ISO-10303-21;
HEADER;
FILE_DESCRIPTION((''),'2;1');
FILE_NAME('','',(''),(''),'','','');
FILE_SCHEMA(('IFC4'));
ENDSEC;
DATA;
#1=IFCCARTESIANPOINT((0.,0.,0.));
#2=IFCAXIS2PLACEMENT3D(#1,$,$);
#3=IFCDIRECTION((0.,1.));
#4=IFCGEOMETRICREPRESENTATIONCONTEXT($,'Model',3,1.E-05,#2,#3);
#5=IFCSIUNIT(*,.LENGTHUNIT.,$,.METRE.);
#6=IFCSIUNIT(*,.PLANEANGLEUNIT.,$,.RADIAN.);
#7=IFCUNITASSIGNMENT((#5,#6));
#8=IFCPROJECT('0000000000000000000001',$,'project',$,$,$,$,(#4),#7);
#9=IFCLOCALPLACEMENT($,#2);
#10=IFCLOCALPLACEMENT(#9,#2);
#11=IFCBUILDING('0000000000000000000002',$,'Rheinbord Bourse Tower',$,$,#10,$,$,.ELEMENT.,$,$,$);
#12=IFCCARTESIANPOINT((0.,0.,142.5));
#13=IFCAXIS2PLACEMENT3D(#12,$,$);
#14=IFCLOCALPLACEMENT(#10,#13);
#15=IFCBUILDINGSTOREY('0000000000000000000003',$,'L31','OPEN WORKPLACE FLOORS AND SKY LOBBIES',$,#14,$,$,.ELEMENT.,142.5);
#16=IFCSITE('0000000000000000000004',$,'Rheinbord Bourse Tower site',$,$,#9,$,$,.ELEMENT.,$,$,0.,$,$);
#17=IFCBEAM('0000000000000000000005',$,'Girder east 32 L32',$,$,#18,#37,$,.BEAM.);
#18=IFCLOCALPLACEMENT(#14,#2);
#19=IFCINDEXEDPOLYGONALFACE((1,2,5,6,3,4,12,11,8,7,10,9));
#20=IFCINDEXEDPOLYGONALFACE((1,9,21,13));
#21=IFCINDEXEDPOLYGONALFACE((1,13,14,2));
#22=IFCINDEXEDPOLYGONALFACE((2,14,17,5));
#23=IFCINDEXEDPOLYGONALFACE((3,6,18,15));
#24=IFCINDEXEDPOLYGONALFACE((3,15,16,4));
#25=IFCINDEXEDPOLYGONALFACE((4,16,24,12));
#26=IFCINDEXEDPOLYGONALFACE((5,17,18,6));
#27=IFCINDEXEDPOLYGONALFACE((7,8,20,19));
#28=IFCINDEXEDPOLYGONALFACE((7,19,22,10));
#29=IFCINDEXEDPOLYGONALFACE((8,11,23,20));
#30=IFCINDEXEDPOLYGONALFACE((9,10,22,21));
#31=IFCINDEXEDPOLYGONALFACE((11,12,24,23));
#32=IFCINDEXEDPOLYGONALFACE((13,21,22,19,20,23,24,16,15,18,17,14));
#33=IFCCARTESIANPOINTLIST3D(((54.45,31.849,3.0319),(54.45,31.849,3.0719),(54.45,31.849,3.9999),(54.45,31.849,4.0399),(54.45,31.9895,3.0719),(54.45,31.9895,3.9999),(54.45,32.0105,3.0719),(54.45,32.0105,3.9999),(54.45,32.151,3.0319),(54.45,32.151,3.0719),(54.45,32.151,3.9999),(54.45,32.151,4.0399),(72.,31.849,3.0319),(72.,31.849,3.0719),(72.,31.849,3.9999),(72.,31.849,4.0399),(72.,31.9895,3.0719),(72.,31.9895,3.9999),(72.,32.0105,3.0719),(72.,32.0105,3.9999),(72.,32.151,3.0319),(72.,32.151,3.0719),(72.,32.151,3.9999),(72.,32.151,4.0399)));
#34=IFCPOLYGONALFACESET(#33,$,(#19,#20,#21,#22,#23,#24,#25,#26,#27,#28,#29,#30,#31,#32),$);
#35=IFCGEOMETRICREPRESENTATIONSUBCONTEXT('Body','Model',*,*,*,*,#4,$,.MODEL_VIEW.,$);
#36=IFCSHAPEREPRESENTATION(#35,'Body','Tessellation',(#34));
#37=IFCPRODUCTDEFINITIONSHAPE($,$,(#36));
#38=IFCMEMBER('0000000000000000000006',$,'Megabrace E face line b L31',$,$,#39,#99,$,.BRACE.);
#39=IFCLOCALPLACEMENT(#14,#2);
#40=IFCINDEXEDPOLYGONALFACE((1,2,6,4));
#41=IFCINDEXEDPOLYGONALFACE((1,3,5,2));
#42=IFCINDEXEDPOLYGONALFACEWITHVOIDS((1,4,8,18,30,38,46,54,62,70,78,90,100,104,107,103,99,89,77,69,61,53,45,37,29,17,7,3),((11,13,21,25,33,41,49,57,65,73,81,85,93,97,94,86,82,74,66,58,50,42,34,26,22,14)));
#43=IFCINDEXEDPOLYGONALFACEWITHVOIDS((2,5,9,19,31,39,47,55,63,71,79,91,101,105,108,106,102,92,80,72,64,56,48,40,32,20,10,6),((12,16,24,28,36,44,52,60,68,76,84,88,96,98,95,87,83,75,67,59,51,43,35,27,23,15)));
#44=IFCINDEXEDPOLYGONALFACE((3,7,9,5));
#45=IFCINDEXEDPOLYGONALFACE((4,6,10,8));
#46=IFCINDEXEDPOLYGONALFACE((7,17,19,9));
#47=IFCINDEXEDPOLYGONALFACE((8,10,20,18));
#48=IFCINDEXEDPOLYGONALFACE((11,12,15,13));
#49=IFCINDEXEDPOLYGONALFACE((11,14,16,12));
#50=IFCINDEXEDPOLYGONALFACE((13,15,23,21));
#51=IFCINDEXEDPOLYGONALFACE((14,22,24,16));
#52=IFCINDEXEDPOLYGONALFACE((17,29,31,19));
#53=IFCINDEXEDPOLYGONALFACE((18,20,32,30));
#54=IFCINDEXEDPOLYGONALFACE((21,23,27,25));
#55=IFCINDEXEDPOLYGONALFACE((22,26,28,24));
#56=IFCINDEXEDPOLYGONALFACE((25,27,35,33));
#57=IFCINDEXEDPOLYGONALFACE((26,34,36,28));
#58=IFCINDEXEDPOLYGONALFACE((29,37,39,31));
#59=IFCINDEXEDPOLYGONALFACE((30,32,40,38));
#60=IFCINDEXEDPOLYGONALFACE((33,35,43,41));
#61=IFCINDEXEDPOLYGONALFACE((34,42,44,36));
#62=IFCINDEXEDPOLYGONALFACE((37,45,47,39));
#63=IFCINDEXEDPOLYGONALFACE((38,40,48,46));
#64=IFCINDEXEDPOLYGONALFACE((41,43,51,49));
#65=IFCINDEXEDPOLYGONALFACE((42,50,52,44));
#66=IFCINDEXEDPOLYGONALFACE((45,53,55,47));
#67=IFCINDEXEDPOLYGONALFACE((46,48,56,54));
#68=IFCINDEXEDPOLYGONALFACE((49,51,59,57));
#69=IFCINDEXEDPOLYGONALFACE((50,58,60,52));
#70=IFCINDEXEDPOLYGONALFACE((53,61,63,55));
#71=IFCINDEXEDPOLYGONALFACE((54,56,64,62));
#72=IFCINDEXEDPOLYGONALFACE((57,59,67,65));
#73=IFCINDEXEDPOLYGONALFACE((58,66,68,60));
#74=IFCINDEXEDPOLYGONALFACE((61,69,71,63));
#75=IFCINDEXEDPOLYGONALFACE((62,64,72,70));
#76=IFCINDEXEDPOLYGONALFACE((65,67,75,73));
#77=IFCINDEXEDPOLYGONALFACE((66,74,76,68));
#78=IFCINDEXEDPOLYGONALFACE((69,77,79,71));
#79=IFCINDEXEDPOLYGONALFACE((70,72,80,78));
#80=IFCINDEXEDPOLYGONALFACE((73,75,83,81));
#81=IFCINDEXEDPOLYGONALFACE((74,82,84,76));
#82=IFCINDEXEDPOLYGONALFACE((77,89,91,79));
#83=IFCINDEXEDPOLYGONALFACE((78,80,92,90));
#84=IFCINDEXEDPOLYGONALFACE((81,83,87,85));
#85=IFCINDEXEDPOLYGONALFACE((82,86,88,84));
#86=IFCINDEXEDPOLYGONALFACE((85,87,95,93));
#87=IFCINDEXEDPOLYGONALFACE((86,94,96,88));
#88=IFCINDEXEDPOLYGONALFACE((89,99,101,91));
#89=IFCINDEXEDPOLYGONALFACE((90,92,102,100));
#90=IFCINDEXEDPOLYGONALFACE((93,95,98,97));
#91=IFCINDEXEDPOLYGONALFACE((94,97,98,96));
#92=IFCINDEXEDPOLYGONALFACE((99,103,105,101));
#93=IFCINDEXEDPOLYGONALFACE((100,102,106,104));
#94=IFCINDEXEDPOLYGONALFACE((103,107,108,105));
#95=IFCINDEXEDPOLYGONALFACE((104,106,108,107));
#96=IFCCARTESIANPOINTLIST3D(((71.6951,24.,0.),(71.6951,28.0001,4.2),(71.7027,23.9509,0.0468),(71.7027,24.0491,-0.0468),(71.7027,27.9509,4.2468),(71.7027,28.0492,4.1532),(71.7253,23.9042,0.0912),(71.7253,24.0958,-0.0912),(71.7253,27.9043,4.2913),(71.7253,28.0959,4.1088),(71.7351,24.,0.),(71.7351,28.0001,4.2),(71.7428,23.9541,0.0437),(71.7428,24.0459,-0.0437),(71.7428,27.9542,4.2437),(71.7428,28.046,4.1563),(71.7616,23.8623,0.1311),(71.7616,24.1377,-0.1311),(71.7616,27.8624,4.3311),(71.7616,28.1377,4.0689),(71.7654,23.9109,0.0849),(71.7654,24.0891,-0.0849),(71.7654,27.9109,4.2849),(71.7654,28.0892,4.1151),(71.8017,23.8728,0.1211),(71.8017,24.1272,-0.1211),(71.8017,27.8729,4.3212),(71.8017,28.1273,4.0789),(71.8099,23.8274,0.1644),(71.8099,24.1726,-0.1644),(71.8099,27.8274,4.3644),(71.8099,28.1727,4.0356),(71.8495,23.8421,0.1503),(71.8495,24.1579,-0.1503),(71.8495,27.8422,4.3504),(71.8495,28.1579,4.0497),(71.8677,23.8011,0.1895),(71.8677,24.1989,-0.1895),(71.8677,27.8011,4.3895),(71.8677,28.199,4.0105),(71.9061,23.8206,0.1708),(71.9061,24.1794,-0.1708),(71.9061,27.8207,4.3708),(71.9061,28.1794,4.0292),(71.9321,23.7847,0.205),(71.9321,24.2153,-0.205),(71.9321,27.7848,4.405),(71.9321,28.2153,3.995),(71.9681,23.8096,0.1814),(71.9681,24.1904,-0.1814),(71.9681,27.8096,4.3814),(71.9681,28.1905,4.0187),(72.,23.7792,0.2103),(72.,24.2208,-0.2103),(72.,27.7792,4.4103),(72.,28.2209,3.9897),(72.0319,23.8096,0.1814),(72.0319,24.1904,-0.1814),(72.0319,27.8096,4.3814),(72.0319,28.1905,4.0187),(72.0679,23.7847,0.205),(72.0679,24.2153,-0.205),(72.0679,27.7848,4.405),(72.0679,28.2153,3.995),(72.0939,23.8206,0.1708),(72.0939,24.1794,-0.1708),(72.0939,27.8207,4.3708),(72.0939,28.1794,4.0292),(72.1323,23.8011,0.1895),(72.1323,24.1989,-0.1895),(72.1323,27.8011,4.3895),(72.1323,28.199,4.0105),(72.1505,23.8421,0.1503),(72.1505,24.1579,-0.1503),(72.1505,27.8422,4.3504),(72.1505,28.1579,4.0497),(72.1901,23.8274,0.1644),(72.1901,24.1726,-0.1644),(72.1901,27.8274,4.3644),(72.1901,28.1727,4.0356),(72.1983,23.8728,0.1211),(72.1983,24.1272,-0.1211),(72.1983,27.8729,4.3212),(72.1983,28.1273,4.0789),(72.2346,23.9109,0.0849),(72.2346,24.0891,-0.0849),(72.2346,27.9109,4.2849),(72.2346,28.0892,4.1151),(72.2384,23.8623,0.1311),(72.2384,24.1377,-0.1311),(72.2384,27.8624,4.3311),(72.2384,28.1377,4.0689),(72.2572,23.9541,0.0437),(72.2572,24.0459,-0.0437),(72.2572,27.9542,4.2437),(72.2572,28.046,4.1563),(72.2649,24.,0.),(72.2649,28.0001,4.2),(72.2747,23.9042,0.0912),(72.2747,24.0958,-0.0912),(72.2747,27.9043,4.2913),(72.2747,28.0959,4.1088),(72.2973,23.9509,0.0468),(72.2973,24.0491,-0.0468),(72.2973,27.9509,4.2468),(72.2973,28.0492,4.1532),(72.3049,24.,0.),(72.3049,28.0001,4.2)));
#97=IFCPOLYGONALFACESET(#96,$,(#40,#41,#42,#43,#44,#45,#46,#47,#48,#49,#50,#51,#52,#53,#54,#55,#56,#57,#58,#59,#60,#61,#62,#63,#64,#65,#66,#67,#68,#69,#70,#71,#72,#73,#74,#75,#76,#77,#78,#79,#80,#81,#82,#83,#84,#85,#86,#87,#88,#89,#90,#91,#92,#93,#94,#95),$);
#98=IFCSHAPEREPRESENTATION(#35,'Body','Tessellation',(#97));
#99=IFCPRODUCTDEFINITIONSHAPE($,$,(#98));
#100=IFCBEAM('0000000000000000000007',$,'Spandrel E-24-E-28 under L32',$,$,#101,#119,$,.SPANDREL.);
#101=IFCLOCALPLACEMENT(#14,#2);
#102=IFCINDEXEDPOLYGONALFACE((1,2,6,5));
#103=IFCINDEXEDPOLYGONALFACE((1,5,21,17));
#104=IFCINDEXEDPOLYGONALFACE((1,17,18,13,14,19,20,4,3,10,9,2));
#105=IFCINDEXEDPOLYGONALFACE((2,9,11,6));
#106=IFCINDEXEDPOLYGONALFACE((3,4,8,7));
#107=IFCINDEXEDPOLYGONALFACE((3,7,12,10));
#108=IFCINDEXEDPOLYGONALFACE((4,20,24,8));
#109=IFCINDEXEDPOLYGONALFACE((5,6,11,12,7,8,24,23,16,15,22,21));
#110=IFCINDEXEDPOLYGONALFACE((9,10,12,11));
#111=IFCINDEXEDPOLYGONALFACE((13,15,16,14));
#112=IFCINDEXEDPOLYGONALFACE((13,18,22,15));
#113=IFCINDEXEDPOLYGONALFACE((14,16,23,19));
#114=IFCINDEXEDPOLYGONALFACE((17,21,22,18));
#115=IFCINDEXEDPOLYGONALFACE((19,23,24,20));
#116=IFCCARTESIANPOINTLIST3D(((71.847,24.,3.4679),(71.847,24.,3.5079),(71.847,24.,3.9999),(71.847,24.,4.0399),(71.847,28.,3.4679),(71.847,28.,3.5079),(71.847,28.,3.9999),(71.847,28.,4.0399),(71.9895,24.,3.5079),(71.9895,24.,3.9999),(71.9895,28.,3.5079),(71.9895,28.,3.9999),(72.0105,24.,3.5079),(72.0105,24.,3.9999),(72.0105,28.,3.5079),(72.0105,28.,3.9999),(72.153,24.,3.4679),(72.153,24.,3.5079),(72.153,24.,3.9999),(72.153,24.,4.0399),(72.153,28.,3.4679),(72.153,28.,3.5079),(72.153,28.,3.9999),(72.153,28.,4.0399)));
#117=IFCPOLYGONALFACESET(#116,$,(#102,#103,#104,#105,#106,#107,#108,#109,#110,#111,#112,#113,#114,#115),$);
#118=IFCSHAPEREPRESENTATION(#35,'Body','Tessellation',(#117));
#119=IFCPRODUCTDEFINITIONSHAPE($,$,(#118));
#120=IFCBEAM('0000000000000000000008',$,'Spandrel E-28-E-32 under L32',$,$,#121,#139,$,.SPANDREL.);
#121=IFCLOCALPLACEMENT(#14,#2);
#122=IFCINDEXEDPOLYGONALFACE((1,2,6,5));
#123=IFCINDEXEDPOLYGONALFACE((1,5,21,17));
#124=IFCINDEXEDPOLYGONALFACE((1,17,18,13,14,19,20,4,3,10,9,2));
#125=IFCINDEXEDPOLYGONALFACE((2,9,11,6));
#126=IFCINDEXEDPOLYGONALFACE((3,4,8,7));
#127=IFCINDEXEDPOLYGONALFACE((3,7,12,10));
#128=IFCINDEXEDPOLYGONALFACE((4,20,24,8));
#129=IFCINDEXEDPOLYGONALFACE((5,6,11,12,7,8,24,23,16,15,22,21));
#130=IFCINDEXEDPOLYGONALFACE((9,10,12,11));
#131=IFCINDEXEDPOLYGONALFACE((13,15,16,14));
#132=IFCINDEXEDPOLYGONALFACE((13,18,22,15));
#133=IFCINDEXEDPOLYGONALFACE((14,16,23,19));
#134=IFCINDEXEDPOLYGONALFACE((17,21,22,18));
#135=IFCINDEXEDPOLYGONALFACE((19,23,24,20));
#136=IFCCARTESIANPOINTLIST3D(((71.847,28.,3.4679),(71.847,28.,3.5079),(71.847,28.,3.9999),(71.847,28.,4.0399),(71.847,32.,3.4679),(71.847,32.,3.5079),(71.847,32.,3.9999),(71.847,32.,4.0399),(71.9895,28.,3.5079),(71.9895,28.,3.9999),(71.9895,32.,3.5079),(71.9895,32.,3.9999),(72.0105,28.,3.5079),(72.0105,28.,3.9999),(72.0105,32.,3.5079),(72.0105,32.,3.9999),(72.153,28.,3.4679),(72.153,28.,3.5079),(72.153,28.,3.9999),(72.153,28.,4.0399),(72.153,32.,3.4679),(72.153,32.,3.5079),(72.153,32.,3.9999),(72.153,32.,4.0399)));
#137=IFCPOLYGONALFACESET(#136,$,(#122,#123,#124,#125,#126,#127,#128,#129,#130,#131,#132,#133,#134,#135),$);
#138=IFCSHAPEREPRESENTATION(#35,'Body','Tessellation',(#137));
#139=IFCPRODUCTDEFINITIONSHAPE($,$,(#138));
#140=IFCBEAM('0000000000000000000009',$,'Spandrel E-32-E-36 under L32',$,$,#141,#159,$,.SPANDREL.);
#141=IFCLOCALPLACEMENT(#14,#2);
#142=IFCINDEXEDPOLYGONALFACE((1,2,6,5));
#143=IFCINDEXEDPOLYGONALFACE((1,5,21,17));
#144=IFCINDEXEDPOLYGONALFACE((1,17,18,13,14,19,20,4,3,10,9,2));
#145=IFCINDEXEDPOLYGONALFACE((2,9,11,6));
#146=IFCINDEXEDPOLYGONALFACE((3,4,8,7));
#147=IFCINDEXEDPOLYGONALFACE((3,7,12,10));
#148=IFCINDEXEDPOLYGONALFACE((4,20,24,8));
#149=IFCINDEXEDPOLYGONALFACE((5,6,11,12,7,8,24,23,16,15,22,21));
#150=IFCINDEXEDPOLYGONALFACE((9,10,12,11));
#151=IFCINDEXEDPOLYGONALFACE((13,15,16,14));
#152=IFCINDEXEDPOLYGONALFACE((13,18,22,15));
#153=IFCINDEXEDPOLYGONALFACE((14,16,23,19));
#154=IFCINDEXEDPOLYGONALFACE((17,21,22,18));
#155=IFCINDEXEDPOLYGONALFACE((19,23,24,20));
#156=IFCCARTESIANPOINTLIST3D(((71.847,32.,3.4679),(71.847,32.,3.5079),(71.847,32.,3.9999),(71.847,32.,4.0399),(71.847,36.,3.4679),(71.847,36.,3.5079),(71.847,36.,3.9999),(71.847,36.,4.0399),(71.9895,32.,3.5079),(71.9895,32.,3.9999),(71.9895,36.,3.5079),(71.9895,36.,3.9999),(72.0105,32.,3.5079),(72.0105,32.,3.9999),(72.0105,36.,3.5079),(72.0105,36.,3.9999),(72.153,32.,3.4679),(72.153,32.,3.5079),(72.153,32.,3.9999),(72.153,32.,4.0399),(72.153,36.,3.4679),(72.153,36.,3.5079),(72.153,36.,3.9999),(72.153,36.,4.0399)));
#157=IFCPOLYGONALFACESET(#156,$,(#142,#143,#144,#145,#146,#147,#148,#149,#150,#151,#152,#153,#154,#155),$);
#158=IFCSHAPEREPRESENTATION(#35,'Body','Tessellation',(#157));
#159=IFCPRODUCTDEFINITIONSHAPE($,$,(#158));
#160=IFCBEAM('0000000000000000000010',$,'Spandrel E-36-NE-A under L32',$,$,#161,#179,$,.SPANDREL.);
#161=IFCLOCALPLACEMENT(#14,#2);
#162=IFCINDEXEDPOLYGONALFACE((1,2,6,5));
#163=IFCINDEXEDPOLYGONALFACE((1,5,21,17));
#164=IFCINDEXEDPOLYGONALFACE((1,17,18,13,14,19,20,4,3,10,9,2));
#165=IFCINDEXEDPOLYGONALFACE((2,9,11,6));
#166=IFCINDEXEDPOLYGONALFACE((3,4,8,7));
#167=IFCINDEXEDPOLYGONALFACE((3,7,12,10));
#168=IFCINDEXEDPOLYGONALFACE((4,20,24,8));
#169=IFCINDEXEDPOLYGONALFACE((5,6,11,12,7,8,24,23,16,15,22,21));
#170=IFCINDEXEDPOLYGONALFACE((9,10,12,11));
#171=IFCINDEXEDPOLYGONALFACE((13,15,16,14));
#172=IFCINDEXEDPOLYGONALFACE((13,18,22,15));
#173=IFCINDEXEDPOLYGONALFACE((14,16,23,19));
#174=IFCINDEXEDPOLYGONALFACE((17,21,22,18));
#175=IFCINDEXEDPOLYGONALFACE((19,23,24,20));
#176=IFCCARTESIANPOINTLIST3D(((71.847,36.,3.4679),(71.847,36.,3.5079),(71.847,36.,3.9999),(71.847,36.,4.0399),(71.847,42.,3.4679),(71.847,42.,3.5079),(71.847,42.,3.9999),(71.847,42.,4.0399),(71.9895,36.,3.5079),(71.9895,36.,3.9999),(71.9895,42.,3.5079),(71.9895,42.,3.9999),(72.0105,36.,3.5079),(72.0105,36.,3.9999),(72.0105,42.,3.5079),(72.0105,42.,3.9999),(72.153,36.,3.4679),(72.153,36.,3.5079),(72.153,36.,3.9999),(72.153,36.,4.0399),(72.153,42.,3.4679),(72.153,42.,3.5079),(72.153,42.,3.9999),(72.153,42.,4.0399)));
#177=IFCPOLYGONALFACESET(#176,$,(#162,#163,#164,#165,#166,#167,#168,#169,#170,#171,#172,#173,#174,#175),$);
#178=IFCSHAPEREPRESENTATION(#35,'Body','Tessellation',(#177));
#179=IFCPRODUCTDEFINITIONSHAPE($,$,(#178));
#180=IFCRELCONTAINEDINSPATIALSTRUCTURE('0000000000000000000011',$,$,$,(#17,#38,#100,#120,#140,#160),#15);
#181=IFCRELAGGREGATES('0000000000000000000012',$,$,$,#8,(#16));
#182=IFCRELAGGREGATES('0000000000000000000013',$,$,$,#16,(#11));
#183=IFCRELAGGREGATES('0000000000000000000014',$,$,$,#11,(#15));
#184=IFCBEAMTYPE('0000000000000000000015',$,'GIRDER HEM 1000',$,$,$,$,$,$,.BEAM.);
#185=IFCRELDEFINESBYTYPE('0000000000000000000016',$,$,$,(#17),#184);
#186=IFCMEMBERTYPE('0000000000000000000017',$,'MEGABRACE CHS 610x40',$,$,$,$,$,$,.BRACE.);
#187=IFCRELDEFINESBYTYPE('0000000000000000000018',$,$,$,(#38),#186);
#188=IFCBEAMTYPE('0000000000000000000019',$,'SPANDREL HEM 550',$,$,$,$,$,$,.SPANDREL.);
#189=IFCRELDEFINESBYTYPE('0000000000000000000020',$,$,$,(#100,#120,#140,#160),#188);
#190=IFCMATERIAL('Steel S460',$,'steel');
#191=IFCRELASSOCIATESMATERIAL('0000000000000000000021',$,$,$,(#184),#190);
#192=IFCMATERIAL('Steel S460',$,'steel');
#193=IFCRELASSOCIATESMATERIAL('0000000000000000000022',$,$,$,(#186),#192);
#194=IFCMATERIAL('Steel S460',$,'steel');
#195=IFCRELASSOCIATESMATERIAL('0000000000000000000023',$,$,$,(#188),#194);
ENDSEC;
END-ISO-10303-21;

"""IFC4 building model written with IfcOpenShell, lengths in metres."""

from ifc_helpers import new_model, si_unit, direction, frame, origin, origin_2d, place, context, subcontext, project, spatial, hollow_circle, i_section, extrude, material, material_profile, profile_set, type_object, element, save


model = new_model("IFC4")

# Units and contexts
model_context = context("Model", 3, precision=1e-05, world=origin(), true_north=direction((0.0, 1.0)))
body_context = subcontext(model_context, "Body", "Model", "MODEL_VIEW")
ifc_project = project(units=[si_unit("LENGTHUNIT", "METRE"), si_unit("PLANEANGLEUNIT", "RADIAN")], contexts=[model_context])

# Site, building, storey
site_placement = place(None, origin())
site = spatial("IfcSite", under=ifc_project, at=site_placement, Name="Rheinbord Bourse Tower site", CompositionType="ELEMENT", RefElevation=0.0)
building_placement = place(site_placement, origin())
building = spatial("IfcBuilding", under=site, at=building_placement, Name="Rheinbord Bourse Tower", CompositionType="ELEMENT")
storey_placement = place(building_placement, frame((0.0, 0.0, 142.5)))
storey = spatial("IfcBuildingStorey", under=building, at=storey_placement, Name="L31", Description="OPEN WORKPLACE FLOORS AND SKY LOBBIES", CompositionType="ELEMENT", Elevation=142.5)

# Beam
ifc_material_1 = material(Name="Steel S460", Category="steel")
ifc_material_profile_1 = material_profile(ifc_material_1, i_section(OverallWidth=0.302, OverallDepth=1.0081, WebThickness=0.021, FlangeThickness=0.04, at=origin_2d()), Name="HEM 1000")
ifc_profile_set_1 = profile_set([ifc_material_profile_1], Name="Steel S460")
beam_type_1 = type_object("IfcBeamType", Name="GIRDER HEM 1000", PredefinedType="BEAM", material=ifc_profile_set_1)
beam_1_placement = place(storey_placement, frame((54.45, 32.0, 3.5359), z_axis=(1.0, 0.0, 0.0), x_axis=(0.0, 1.0, 0.0)))
element("IfcBeam", 1, at=beam_1_placement, inside=storey, type_object=beam_type_1, Name="Girder east 32 L32", PredefinedType="BEAM", context=body_context, shape_type="SweptSolid", body=[
    extrude(i_section(OverallWidth=0.302, OverallDepth=1.0081, WebThickness=0.021, FlangeThickness=0.04, at=origin_2d()), origin(), (0.0, 0.0, 1.0), 17.55),
])

# Member
ifc_material_2 = material(Name="Steel S460", Category="steel")
ifc_material_profile_2 = material_profile(ifc_material_2, hollow_circle(Radius=0.3049, WallThickness=0.04, at=origin_2d()), Name="CHS 610x40")
ifc_profile_set_2 = profile_set([ifc_material_profile_2], Name="Steel S460")
member_type_1 = type_object("IfcMemberType", Name="MEGABRACE CHS 610x40", PredefinedType="BRACE", material=ifc_profile_set_2)
member_1_placement = place(storey_placement, frame((72.0, 24.0, 0.0), z_axis=(0.0, 0.689659, 0.724134), x_axis=(-1.0, 0.0, 0.0)))
element("IfcMember", 2, at=member_1_placement, inside=storey, type_object=member_type_1, Name="Megabrace E face line b L31", PredefinedType="BRACE", context=body_context, shape_type="SweptSolid", body=[
    extrude(hollow_circle(Radius=0.3049, WallThickness=0.04, at=origin_2d()), origin(), (0.0, 0.0, 1.0), 5.8),
])

# Beams
ifc_material_3 = material(Name="Steel S460", Category="steel")
ifc_material_profile_3 = material_profile(ifc_material_3, i_section(OverallWidth=0.3059, OverallDepth=0.572, WebThickness=0.021, FlangeThickness=0.04, at=origin_2d()), Name="HEM 550")
ifc_profile_set_3 = profile_set([ifc_material_profile_3], Name="Steel S460")
beam_type_2 = type_object("IfcBeamType", Name="SPANDREL HEM 550", PredefinedType="SPANDREL", material=ifc_profile_set_3)
for number, where, z_axis, x_axis, name in (
    (3, (72.0, 24.0, 3.7539), (0.0, 1.0, 0.0), (-1.0, 0.0, 0.0), "Spandrel E-24-E-28 under L32"),
    (4, (72.0, 28.0, 3.7539), (0.0, 1.0, 0.0), (-1.0, 0.0, 0.0), "Spandrel E-28-E-32 under L32"),
    (5, (72.0, 32.0, 3.7539), (0.0, 1.0, 0.0), (-1.0, 0.0, 0.0), "Spandrel E-32-E-36 under L32"),
):
    element("IfcBeam", number, at=place(storey_placement, frame(where, z_axis=z_axis, x_axis=x_axis)), inside=storey, type_object=beam_type_2, Name=name, PredefinedType="SPANDREL", context=body_context, shape_type="SweptSolid", body=[
        extrude(i_section(OverallWidth=0.3059, OverallDepth=0.572, WebThickness=0.021, FlangeThickness=0.04, at=origin_2d()), origin(), (0.0, 0.0, 1.0), 4.0),
    ])
beam_2_placement = place(storey_placement, frame((72.0, 36.0, 3.7539), z_axis=(0.0, 1.0, 0.0), x_axis=(-1.0, 0.0, 0.0)))
element("IfcBeam", 6, at=beam_2_placement, inside=storey, type_object=beam_type_2, Name="Spandrel E-36-NE-A under L32", PredefinedType="SPANDREL", context=body_context, shape_type="SweptSolid", body=[
    extrude(i_section(OverallWidth=0.3059, OverallDepth=0.572, WebThickness=0.021, FlangeThickness=0.04, at=origin_2d()), origin(), (0.0, 0.0, 1.0), 6.0),
])

save(model, "model.ifc")
